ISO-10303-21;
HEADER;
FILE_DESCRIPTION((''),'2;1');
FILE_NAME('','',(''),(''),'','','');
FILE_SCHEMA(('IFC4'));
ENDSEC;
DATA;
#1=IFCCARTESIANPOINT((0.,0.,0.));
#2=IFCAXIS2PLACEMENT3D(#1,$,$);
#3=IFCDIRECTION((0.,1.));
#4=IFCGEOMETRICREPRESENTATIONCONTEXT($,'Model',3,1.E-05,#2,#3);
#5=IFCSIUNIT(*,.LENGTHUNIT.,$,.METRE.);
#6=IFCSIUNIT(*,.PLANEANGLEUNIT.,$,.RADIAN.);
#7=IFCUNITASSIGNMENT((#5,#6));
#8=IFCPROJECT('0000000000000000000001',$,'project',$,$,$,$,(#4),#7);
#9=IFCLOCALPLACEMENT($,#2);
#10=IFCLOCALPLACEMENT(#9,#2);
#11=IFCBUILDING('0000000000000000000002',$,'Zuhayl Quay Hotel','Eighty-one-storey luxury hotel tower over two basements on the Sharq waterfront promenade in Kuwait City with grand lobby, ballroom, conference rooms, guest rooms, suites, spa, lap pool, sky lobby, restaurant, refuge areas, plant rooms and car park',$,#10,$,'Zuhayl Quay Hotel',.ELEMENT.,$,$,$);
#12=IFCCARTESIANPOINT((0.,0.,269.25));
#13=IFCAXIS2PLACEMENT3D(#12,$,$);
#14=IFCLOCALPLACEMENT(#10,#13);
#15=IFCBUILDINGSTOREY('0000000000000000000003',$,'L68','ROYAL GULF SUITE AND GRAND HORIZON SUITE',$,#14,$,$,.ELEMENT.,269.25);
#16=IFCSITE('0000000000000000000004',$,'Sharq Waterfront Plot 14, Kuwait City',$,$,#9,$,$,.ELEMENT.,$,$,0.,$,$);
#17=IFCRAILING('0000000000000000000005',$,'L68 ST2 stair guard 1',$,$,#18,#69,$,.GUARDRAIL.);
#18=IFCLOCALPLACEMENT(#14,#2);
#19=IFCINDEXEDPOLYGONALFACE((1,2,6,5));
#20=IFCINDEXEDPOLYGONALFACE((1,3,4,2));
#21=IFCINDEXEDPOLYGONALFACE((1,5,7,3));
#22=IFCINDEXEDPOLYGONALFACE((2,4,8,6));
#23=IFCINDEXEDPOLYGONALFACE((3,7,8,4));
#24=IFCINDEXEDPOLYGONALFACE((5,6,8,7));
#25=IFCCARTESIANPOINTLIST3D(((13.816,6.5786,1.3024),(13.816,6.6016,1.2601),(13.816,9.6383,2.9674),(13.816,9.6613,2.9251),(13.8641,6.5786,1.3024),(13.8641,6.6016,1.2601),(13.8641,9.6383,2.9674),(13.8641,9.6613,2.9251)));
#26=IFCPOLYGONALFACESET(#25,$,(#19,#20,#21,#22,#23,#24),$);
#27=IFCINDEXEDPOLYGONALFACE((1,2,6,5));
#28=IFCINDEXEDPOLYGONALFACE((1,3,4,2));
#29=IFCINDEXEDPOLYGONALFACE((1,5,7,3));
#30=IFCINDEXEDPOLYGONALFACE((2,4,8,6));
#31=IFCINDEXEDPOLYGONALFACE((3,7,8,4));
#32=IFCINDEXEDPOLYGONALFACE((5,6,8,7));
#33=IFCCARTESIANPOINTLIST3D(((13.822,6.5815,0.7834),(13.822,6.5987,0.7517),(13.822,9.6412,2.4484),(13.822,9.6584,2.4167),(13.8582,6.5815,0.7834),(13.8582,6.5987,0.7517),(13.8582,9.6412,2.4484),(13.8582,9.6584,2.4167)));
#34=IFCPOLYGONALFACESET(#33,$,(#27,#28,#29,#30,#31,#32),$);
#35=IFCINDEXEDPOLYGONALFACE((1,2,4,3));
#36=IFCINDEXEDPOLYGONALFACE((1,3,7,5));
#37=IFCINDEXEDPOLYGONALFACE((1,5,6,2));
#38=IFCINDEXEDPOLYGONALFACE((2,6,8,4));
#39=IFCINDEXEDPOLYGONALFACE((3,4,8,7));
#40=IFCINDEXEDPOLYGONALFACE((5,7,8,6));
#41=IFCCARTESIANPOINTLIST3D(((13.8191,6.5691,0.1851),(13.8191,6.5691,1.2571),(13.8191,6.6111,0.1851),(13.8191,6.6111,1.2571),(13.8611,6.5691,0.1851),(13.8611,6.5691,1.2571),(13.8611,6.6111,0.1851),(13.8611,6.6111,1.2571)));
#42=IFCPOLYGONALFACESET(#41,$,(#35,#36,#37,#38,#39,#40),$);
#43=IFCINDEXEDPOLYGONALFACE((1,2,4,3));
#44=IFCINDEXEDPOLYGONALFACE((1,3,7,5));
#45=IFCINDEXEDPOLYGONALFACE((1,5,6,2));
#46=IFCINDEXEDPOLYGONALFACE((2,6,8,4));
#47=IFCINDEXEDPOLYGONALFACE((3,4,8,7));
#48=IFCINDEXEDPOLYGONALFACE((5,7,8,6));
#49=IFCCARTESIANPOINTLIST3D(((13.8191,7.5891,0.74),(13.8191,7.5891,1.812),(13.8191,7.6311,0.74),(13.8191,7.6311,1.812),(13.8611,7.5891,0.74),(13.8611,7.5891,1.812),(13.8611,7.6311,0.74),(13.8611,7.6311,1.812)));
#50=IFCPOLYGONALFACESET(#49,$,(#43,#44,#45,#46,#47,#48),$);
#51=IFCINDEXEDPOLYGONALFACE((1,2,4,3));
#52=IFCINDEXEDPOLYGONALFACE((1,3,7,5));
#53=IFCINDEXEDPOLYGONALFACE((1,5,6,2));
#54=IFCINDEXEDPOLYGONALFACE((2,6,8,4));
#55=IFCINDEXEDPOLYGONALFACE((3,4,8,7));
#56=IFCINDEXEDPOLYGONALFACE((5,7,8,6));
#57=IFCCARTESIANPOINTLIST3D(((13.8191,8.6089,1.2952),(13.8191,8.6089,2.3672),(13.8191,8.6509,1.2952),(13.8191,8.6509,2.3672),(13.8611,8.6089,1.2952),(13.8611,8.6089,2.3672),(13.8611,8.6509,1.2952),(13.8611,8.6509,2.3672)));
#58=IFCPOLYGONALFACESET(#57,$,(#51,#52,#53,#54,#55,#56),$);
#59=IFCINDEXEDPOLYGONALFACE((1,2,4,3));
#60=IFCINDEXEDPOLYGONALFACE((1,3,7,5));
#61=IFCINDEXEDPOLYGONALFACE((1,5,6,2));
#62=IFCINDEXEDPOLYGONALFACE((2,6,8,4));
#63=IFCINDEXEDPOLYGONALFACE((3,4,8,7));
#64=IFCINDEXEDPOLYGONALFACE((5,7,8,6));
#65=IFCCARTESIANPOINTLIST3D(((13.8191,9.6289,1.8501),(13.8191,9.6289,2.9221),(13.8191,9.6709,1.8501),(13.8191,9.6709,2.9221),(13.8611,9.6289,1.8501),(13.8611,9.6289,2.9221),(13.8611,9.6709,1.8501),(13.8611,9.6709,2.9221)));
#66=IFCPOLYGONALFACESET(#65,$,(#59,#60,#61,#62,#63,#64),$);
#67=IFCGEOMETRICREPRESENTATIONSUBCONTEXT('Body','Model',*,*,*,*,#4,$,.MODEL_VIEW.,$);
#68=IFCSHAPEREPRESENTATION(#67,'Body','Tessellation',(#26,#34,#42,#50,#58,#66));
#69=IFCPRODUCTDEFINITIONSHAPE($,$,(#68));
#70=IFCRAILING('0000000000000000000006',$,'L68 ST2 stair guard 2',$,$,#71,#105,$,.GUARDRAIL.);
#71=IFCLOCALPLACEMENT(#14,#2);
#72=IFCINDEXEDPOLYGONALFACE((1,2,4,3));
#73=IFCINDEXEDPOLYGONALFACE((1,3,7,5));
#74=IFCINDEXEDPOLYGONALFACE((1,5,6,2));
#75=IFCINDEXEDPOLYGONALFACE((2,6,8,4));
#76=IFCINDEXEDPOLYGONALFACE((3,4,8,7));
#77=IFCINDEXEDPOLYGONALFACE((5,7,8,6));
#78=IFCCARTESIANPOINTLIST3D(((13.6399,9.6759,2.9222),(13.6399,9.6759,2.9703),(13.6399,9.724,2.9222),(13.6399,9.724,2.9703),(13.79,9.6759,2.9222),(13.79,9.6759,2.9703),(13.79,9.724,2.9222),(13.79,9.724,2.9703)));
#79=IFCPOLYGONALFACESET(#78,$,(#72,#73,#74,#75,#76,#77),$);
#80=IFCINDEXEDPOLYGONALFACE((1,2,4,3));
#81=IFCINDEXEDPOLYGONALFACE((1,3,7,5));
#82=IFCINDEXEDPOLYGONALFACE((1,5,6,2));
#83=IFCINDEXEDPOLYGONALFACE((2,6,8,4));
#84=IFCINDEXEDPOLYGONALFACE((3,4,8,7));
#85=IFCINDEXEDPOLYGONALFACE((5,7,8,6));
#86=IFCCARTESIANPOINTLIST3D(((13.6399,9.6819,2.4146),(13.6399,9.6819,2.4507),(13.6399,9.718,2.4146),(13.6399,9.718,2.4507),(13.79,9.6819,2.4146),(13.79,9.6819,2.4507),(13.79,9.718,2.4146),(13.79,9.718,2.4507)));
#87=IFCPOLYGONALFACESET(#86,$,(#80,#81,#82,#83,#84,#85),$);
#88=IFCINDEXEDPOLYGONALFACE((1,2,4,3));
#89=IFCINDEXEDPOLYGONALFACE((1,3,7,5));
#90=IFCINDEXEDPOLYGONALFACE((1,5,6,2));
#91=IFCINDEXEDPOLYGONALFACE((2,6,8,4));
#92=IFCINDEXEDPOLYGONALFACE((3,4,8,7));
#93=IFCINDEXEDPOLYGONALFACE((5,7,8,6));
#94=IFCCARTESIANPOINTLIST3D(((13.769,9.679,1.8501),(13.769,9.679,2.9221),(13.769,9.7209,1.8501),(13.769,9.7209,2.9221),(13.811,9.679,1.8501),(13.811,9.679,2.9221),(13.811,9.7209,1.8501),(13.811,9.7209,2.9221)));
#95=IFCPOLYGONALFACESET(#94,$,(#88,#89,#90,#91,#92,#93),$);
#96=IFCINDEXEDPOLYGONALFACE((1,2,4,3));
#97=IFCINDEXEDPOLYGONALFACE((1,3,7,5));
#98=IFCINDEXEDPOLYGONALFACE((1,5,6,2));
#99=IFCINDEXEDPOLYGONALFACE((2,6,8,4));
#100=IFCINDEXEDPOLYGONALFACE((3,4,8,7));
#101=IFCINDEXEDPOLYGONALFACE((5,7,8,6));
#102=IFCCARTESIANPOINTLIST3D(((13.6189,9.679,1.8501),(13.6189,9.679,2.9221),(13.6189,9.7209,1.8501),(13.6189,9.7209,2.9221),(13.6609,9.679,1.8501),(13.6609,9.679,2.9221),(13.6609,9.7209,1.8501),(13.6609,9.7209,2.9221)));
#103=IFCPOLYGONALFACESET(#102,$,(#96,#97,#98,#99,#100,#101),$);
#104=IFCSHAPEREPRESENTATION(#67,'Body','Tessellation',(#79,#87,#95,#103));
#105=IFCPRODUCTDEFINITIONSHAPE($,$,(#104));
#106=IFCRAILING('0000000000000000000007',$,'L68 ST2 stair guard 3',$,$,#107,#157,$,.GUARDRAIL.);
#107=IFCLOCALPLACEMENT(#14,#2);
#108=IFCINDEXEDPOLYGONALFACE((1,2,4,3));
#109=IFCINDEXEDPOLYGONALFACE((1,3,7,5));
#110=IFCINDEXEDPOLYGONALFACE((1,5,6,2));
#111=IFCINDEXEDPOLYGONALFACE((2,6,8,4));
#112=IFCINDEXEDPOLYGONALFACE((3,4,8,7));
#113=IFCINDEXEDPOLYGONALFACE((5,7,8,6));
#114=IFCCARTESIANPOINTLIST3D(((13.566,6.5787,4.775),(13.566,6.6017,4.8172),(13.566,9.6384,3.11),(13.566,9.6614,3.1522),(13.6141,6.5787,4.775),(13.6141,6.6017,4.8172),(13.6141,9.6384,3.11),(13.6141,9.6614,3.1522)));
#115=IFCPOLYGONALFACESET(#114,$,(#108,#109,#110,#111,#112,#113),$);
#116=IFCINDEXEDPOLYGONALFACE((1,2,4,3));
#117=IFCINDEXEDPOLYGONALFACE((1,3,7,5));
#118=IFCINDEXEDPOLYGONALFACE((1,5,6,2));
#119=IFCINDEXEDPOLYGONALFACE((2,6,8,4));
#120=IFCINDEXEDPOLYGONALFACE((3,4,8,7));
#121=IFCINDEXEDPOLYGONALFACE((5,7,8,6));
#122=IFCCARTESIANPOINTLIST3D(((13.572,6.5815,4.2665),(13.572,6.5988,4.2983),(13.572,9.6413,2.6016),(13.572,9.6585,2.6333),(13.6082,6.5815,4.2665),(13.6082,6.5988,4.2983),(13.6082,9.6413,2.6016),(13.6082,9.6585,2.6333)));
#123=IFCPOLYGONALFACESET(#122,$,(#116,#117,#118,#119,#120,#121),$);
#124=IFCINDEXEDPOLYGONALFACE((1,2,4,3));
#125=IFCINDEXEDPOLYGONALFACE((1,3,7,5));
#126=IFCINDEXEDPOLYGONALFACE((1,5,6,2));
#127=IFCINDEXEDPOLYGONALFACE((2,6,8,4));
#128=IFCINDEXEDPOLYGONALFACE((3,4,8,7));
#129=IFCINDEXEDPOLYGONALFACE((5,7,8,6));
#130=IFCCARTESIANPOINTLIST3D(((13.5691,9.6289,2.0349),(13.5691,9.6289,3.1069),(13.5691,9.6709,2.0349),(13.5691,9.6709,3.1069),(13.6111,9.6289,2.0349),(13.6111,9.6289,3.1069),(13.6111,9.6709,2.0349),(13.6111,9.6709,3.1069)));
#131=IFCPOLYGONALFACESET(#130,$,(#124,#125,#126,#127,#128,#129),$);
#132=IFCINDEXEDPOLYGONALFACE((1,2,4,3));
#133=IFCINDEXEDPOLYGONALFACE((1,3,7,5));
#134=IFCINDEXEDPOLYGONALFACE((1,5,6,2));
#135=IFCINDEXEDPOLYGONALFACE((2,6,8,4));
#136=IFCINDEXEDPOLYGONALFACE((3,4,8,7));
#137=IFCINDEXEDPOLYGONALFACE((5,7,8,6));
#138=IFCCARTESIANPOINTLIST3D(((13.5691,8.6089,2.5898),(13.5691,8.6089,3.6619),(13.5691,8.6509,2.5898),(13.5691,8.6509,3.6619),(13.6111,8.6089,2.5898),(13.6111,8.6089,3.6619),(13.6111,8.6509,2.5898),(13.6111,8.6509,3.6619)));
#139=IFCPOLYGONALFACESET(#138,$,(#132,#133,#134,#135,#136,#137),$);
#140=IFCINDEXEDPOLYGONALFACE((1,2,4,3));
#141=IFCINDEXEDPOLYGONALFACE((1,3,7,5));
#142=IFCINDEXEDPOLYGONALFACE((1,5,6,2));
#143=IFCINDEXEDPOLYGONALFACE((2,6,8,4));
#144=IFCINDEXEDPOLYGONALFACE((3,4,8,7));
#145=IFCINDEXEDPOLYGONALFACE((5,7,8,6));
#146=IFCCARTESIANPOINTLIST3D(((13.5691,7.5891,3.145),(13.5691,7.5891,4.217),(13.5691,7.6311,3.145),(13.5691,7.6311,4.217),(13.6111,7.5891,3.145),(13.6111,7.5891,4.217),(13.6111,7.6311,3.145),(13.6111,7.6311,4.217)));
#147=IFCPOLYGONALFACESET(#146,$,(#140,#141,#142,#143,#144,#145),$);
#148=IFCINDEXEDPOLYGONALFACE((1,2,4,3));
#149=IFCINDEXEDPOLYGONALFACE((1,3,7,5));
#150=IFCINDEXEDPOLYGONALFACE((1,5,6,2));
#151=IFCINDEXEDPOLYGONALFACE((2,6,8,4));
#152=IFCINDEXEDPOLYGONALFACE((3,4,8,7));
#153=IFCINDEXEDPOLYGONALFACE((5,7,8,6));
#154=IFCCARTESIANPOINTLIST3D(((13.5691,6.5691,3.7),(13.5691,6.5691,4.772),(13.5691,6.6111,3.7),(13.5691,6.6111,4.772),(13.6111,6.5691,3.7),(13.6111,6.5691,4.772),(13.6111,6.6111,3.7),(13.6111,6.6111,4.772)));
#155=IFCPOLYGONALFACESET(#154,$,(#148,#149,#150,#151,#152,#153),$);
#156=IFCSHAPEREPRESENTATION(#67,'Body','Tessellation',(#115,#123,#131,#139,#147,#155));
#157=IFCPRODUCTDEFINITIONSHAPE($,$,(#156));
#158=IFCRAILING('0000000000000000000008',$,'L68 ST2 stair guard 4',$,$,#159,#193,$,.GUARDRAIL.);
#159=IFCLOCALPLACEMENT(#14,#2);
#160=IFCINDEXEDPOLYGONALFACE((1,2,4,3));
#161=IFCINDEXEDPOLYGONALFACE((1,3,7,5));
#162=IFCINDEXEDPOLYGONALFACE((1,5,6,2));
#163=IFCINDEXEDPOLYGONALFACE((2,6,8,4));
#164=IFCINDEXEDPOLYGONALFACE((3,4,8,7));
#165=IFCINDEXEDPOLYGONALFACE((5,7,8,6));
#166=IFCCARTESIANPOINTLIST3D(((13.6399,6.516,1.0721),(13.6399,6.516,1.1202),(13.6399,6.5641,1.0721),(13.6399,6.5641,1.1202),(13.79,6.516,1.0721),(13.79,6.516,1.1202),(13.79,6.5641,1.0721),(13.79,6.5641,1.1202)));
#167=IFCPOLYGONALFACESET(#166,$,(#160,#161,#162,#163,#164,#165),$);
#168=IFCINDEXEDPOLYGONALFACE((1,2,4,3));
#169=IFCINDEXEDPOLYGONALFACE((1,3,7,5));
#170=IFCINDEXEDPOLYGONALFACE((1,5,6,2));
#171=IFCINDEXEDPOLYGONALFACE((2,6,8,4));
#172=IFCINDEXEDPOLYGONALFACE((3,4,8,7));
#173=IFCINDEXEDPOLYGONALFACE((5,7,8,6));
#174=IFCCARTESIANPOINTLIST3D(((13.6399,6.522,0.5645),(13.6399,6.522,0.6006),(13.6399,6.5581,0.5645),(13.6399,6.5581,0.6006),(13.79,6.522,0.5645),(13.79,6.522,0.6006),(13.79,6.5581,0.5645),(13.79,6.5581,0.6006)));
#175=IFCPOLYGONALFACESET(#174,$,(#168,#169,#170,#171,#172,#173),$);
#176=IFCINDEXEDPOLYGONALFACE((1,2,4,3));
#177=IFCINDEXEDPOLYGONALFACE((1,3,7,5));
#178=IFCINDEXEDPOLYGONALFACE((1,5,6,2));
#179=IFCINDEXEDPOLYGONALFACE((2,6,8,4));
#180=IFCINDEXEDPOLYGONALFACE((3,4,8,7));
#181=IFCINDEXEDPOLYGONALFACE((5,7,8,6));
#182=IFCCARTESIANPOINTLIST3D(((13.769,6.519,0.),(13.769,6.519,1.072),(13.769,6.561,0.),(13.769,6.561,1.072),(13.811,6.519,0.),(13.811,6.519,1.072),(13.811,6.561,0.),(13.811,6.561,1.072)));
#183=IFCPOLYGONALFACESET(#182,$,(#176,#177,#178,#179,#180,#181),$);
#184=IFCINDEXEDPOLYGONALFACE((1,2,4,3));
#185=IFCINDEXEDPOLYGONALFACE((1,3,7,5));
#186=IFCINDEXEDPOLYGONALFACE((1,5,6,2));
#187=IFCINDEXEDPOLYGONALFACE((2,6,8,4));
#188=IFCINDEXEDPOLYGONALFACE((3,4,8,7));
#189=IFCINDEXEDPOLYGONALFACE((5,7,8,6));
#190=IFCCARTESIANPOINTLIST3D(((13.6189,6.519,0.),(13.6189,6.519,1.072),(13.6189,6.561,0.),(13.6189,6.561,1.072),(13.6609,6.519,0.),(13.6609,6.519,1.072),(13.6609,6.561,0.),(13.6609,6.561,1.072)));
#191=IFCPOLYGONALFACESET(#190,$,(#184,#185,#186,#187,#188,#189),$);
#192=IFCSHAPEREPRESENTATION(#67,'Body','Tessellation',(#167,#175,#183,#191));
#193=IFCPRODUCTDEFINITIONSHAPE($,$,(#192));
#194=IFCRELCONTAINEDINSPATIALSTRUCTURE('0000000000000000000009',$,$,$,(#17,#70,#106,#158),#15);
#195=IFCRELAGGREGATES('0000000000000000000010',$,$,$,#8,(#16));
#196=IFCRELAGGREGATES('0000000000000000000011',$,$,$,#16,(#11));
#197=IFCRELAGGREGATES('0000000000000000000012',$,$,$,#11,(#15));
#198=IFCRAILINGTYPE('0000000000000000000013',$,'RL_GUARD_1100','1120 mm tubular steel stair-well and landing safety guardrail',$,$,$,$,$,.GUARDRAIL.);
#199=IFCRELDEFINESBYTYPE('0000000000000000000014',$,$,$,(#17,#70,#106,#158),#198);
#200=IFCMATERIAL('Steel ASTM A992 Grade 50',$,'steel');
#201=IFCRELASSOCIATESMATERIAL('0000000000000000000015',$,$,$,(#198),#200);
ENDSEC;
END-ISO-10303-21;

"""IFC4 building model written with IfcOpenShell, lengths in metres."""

from ifc_helpers import new_model, si_unit, direction, frame, origin, origin_2d, place, context, subcontext, project, spatial, rectangle, extrude, material, type_object, element, save


model = new_model("IFC4")

# Units and contexts
model_context = context("Model", 3, precision=1e-05, world=origin(), true_north=direction((0.0, 1.0)))
body_context = subcontext(model_context, "Body", "Model", "MODEL_VIEW")
ifc_project = project(units=[si_unit("LENGTHUNIT", "METRE"), si_unit("PLANEANGLEUNIT", "RADIAN")], contexts=[model_context])

# Site, building, storey
site_placement = place(None, origin())
site = spatial("IfcSite", under=ifc_project, at=site_placement, Name="Sharq Waterfront Plot 14, Kuwait City", CompositionType="ELEMENT", RefElevation=0.0)
building_placement = place(site_placement, origin())
building = spatial("IfcBuilding", under=site, at=building_placement, Name="Zuhayl Quay Hotel", Description="Eighty-one-storey luxury hotel tower over two basements on the Sharq waterfront promenade in Kuwait City with grand lobby, ballroom, conference rooms, guest rooms, suites, spa, lap pool, sky lobby, restaurant, refuge areas, plant rooms and car park", LongName="Zuhayl Quay Hotel", CompositionType="ELEMENT")
storey_placement = place(building_placement, frame((0.0, 0.0, 269.25)))
storey = spatial("IfcBuildingStorey", under=building, at=storey_placement, Name="L68", Description="ROYAL GULF SUITE AND GRAND HORIZON SUITE", CompositionType="ELEMENT", Elevation=269.25)

# Shared definitions
ifc_material_1 = material(Name="Steel ASTM A992 Grade 50", Category="steel")

# Railings
railing_type_1 = type_object("IfcRailingType", Name="RL_GUARD_1100", Description="1120 mm tubular steel stair-well and landing safety guardrail", PredefinedType="GUARDRAIL", material=ifc_material_1)
railing_1_placement = place(storey_placement, frame((13.8401, 6.5901, 0.1851)))
element("IfcRailing", 1, at=railing_1_placement, inside=storey, type_object=railing_type_1, Name="L68 ST2 stair guard 1", PredefinedType="GUARDRAIL", context=body_context, shape_type="SweptSolid", body=[
    extrude(rectangle(XDim=0.0481, YDim=0.0481, at=origin_2d()), frame((0.0, 0.0, 1.0962), z_axis=(0.0, 0.878372, 0.477978), x_axis=(-1.0, 0.0, 0.0)), (0.0, 0.0, 1.0), 3.4834),
    extrude(rectangle(XDim=0.0361, YDim=0.0361, at=origin_2d()), frame((0.0, 0.0, 0.5825), z_axis=(0.0, 0.878372, 0.477978), x_axis=(-1.0, 0.0, 0.0)), (0.0, 0.0, 1.0), 3.4834),
    extrude(rectangle(XDim=0.042, YDim=0.042, at=origin_2d()), origin(), (0.0, 0.0, 1.0), 1.072),
    extrude(rectangle(XDim=0.042, YDim=0.042, at=origin_2d()), frame((0.0, 1.02, 0.5549)), (0.0, 0.0, 1.0), 1.072),
    extrude(rectangle(XDim=0.042, YDim=0.042, at=origin_2d()), frame((0.0, 2.0398, 1.1101)), (0.0, 0.0, 1.0), 1.072),
    extrude(rectangle(XDim=0.042, YDim=0.042, at=origin_2d()), frame((0.0, 3.0598, 1.665)), (0.0, 0.0, 1.0), 1.072),
])
railing_2_placement = place(storey_placement, frame((13.79, 9.7, 1.8501)))
element("IfcRailing", 2, at=railing_2_placement, inside=storey, type_object=railing_type_1, Name="L68 ST2 stair guard 2", PredefinedType="GUARDRAIL", context=body_context, shape_type="SweptSolid", body=[
    extrude(rectangle(XDim=0.0481, YDim=0.0481, at=origin_2d()), frame((0.0, 0.0, 1.0962), z_axis=(-1.0, 0.0, 0.0), x_axis=(0.0, -1.0, 0.0)), (0.0, 0.0, 1.0), 0.1501),
    extrude(rectangle(XDim=0.0361, YDim=0.0361, at=origin_2d()), frame((0.0, 0.0, 0.5825), z_axis=(-1.0, 0.0, 0.0), x_axis=(0.0, -1.0, 0.0)), (0.0, 0.0, 1.0), 0.1501),
    extrude(rectangle(XDim=0.042, YDim=0.042, at=origin_2d()), origin(), (0.0, 0.0, 1.0), 1.072),
    extrude(rectangle(XDim=0.042, YDim=0.042, at=origin_2d()), frame((-0.1501, 0.0, 0.0)), (0.0, 0.0, 1.0), 1.072),
])
railing_3_placement = place(storey_placement, frame((13.5901, 9.6499, 2.0349)))
element("IfcRailing", 3, at=railing_3_placement, inside=storey, type_object=railing_type_1, Name="L68 ST2 stair guard 3", PredefinedType="GUARDRAIL", context=body_context, shape_type="SweptSolid", body=[
    extrude(rectangle(XDim=0.0481, YDim=0.0481, at=origin_2d()), frame((0.0, 0.0, 1.0962), z_axis=(0.0, -0.878372, 0.477978), x_axis=(1.0, 0.0, 0.0)), (0.0, 0.0, 1.0), 3.4834),
    extrude(rectangle(XDim=0.0361, YDim=0.0361, at=origin_2d()), frame((0.0, 0.0, 0.5825), z_axis=(0.0, -0.878372, 0.477978), x_axis=(1.0, 0.0, 0.0)), (0.0, 0.0, 1.0), 3.4834),
    extrude(rectangle(XDim=0.042, YDim=0.042, at=origin_2d()), origin(), (0.0, 0.0, 1.0), 1.072),
    extrude(rectangle(XDim=0.042, YDim=0.042, at=origin_2d()), frame((0.0, -1.02, 0.5549)), (0.0, 0.0, 1.0), 1.072),
    extrude(rectangle(XDim=0.042, YDim=0.042, at=origin_2d()), frame((0.0, -2.0398, 1.1101)), (0.0, 0.0, 1.0), 1.072),
    extrude(rectangle(XDim=0.042, YDim=0.042, at=origin_2d()), frame((0.0, -3.0598, 1.665)), (0.0, 0.0, 1.0), 1.072),
])
railing_4_placement = place(storey_placement, frame((13.79, 6.54, 0.0)))
element("IfcRailing", 4, at=railing_4_placement, inside=storey, type_object=railing_type_1, Name="L68 ST2 stair guard 4", PredefinedType="GUARDRAIL", context=body_context, shape_type="SweptSolid", body=[
    extrude(rectangle(XDim=0.0481, YDim=0.0481, at=origin_2d()), frame((0.0, 0.0, 1.0962), z_axis=(-1.0, 0.0, 0.0), x_axis=(0.0, -1.0, 0.0)), (0.0, 0.0, 1.0), 0.1501),
    extrude(rectangle(XDim=0.0361, YDim=0.0361, at=origin_2d()), frame((0.0, 0.0, 0.5825), z_axis=(-1.0, 0.0, 0.0), x_axis=(0.0, -1.0, 0.0)), (0.0, 0.0, 1.0), 0.1501),
    extrude(rectangle(XDim=0.042, YDim=0.042, at=origin_2d()), origin(), (0.0, 0.0, 1.0), 1.072),
    extrude(rectangle(XDim=0.042, YDim=0.042, at=origin_2d()), frame((-0.1501, 0.0, 0.0)), (0.0, 0.0, 1.0), 1.072),
])

save(model, "model.ifc")
